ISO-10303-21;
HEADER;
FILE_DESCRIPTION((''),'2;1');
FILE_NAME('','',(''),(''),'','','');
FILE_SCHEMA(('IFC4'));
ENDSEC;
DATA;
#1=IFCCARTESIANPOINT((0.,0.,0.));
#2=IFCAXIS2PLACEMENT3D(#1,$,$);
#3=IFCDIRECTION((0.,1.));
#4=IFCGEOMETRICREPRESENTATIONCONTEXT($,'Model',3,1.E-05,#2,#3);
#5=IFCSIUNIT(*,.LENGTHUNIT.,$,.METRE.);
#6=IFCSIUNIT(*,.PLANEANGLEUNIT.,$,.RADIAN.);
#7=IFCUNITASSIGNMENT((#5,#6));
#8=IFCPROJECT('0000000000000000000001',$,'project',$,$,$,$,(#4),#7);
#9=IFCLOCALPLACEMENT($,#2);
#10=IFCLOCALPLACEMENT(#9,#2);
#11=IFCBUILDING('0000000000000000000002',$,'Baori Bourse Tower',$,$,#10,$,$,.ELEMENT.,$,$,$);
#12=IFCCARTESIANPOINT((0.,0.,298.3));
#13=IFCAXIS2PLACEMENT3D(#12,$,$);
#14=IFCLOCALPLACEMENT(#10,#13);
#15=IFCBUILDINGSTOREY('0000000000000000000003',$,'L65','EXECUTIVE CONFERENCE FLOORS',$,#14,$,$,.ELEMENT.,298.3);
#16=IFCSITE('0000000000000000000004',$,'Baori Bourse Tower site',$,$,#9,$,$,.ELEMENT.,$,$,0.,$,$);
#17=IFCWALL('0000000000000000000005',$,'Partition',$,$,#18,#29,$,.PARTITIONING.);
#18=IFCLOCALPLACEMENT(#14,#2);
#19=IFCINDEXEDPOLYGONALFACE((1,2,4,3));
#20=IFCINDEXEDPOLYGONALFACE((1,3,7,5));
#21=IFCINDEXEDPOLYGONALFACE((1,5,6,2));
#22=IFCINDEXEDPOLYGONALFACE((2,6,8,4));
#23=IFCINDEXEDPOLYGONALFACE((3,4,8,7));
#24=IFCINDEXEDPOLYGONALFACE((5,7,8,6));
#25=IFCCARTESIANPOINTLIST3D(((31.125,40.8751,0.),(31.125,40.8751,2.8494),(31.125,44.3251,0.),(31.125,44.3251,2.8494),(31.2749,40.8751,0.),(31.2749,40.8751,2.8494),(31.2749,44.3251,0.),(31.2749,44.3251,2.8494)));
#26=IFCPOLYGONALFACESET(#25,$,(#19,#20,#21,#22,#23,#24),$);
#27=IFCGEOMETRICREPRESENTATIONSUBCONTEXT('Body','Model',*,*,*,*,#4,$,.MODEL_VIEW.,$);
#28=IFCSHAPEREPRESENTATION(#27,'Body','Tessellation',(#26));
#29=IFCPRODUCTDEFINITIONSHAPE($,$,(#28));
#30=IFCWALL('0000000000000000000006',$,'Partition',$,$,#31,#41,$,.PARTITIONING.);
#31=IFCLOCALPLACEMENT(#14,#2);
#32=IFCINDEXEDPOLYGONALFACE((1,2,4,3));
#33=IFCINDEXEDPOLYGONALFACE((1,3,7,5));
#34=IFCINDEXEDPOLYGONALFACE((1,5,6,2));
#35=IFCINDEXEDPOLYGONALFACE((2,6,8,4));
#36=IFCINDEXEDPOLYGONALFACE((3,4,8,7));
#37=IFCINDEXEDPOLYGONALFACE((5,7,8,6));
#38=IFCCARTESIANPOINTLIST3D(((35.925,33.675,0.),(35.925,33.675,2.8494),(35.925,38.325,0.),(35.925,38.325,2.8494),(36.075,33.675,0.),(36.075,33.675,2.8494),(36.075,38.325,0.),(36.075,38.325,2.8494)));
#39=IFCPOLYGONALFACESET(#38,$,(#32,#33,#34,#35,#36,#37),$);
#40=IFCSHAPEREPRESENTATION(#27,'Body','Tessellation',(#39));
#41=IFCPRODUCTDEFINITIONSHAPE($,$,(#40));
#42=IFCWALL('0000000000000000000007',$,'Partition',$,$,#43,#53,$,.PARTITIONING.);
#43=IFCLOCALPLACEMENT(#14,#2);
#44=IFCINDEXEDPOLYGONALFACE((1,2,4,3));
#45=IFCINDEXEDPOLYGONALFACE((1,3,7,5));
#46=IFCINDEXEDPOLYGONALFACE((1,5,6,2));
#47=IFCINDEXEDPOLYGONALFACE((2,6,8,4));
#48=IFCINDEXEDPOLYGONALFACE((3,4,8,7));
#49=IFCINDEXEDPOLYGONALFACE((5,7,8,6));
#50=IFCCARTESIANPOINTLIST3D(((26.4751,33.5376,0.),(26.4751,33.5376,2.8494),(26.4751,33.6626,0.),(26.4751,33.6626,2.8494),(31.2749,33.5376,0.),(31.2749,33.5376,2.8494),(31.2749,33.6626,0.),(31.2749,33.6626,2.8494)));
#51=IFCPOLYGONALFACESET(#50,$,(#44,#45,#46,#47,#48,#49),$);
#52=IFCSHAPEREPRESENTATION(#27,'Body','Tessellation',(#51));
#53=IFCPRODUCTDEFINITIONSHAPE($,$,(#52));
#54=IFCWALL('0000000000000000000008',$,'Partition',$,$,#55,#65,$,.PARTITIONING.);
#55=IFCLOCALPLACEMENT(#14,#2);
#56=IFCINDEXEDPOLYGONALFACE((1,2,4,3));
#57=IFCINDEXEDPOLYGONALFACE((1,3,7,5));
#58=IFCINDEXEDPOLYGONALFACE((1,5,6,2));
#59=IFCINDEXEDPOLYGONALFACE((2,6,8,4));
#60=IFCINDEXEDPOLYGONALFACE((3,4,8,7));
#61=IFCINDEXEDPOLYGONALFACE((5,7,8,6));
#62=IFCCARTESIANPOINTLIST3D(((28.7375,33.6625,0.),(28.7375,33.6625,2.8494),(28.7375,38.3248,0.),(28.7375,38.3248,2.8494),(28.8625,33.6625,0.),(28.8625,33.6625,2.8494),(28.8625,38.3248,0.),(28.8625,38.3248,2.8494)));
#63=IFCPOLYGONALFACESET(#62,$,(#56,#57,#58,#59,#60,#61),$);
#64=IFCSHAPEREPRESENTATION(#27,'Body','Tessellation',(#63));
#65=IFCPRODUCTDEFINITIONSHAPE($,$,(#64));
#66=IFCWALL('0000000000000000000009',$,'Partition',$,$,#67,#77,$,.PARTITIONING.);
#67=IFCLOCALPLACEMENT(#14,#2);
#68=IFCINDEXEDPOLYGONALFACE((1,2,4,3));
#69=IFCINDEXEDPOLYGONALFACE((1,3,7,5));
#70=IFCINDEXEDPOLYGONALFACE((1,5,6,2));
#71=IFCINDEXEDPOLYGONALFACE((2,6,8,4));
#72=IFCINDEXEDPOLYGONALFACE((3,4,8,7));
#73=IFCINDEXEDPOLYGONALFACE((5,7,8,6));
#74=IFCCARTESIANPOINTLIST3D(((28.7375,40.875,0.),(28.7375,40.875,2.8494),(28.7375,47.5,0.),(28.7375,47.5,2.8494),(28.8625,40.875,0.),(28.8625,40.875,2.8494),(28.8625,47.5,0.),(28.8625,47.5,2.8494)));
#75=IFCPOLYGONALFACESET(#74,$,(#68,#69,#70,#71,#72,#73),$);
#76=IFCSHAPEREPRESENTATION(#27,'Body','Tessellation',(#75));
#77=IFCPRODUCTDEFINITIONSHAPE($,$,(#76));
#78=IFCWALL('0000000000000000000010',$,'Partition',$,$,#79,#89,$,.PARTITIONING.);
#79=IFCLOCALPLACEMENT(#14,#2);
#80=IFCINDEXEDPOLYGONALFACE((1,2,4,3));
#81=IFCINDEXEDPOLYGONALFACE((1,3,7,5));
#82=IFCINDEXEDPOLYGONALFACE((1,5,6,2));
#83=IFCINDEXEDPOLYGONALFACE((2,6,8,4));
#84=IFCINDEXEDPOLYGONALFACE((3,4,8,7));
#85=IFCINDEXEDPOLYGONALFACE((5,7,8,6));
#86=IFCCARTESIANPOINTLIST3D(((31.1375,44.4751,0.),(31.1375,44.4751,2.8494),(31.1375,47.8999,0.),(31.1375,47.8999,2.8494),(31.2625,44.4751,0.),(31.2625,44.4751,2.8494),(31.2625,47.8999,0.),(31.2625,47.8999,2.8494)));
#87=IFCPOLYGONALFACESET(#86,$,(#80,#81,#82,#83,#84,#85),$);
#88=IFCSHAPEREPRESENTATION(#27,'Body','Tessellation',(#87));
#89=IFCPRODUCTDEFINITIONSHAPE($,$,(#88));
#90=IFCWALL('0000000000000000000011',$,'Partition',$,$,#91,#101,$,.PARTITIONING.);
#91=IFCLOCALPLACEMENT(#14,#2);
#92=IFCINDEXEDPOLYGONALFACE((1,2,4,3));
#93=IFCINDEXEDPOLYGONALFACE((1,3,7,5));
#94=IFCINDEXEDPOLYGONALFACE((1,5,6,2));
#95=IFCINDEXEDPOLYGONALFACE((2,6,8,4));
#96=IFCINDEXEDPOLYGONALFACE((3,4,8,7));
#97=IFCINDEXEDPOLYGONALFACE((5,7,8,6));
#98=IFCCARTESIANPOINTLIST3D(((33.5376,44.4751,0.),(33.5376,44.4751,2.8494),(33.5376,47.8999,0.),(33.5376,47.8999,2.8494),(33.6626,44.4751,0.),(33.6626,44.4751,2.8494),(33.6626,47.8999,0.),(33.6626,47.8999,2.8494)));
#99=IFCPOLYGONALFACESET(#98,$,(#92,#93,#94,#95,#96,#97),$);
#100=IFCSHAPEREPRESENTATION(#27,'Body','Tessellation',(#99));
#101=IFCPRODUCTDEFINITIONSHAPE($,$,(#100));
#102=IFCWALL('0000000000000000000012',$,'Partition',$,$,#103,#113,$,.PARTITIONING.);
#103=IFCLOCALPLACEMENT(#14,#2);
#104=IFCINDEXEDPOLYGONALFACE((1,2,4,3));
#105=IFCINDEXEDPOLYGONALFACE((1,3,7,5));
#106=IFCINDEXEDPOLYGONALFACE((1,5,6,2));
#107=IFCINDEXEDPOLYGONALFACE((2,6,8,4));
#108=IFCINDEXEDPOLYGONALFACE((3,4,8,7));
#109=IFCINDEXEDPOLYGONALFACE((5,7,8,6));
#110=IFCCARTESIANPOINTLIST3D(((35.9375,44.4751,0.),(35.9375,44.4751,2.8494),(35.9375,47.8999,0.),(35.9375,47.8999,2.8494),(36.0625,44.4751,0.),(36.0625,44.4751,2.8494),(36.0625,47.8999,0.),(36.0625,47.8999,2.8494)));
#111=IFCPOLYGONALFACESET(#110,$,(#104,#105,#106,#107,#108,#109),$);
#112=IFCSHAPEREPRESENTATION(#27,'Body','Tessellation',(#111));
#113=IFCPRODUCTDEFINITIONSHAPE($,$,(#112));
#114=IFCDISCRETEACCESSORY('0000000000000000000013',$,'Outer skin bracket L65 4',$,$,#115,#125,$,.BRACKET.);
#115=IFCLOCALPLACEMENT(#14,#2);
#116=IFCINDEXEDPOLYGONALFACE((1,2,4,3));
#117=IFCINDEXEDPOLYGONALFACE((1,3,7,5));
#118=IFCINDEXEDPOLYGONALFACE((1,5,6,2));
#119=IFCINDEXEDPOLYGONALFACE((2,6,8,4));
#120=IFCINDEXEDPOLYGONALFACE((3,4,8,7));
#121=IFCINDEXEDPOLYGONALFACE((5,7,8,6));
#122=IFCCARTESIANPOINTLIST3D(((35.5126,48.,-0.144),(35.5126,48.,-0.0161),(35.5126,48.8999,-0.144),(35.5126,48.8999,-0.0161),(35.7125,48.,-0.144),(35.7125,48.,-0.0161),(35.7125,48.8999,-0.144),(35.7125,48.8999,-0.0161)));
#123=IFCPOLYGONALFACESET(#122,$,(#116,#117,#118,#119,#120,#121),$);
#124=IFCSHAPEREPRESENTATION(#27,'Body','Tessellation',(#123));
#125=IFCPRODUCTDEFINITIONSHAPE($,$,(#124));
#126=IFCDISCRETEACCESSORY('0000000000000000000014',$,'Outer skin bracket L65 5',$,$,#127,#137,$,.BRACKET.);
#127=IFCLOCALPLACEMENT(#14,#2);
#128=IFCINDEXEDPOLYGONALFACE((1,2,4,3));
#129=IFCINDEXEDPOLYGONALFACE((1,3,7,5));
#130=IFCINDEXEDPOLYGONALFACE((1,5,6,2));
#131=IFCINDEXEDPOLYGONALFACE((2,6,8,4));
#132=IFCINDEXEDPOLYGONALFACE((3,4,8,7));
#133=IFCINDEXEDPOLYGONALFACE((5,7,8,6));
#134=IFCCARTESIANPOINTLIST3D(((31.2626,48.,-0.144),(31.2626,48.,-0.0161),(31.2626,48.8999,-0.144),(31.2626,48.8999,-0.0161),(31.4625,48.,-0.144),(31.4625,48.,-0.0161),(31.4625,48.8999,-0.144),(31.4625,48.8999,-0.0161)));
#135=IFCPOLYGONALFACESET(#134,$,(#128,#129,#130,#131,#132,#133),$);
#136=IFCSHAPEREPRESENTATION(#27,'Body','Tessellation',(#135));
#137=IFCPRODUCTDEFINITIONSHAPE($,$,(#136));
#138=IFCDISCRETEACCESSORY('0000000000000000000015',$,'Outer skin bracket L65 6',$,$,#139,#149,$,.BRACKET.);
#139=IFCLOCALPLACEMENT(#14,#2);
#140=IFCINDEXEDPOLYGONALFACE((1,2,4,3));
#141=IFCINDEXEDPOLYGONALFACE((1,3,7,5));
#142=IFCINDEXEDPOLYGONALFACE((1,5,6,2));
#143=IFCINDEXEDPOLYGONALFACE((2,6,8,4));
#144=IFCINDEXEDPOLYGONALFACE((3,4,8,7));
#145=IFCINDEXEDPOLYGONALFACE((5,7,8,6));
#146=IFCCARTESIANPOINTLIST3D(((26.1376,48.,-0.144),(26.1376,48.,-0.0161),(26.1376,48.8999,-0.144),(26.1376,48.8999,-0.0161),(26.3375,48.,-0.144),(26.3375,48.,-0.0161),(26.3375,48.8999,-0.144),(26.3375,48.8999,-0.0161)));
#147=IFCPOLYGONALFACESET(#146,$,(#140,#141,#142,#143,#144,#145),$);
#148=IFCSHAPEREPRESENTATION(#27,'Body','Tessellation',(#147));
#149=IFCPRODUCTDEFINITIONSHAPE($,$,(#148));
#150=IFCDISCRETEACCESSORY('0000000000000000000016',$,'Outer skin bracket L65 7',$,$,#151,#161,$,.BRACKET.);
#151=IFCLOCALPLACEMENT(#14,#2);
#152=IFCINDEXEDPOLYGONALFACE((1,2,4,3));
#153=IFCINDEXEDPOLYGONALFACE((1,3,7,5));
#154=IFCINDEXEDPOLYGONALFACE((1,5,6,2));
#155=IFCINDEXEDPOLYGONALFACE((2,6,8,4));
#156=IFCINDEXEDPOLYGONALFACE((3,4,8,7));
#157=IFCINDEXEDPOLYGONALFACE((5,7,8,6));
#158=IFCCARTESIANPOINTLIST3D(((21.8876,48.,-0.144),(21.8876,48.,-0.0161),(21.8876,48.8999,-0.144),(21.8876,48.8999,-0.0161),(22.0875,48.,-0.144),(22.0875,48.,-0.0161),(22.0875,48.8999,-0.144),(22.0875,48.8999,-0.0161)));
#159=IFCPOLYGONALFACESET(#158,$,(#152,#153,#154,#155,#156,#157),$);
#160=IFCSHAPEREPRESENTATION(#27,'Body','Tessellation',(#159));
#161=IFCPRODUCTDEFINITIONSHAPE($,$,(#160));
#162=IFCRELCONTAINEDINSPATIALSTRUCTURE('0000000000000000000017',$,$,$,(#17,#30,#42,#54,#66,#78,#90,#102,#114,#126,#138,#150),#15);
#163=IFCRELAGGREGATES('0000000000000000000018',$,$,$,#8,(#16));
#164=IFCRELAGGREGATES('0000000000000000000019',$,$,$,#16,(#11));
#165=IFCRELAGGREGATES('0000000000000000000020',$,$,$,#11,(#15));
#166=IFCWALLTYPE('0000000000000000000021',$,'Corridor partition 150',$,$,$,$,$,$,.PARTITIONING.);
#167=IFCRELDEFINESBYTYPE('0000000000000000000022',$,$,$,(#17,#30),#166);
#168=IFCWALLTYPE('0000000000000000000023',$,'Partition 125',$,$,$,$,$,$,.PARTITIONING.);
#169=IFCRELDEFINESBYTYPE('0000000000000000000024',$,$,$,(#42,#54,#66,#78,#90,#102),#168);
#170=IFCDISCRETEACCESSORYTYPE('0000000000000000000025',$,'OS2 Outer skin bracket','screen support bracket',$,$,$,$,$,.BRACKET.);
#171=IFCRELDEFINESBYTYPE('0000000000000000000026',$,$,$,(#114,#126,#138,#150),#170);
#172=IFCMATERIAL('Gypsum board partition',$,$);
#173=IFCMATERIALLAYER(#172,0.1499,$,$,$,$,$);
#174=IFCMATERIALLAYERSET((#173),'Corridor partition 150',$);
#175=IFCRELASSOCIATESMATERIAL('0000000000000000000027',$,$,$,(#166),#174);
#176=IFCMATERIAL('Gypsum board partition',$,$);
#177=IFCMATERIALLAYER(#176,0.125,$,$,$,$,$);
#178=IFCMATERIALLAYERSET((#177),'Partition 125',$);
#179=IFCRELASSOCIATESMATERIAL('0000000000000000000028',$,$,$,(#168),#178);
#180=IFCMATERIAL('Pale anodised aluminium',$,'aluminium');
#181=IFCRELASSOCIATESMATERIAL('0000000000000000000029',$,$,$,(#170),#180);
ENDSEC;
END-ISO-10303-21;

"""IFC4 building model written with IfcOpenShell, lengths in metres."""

from ifc_helpers import new_model, si_unit, direction, frame, frame_2d, origin, origin_2d, place, context, subcontext, project, spatial, rectangle, extrude, material, layer, layer_set, type_object, element, save


model = new_model("IFC4")

# Units and contexts
model_context = context("Model", 3, precision=1e-05, world=origin(), true_north=direction((0.0, 1.0)))
body_context = subcontext(model_context, "Body", "Model", "MODEL_VIEW")
ifc_project = project(units=[si_unit("LENGTHUNIT", "METRE"), si_unit("PLANEANGLEUNIT", "RADIAN")], contexts=[model_context])

# Site, building, storey
site_placement = place(None, origin())
site = spatial("IfcSite", under=ifc_project, at=site_placement, Name="Baori Bourse Tower site", CompositionType="ELEMENT", RefElevation=0.0)
building_placement = place(site_placement, origin())
building = spatial("IfcBuilding", under=site, at=building_placement, Name="Baori Bourse Tower", CompositionType="ELEMENT")
storey_placement = place(building_placement, frame((0.0, 0.0, 298.3)))
storey = spatial("IfcBuildingStorey", under=building, at=storey_placement, Name="L65", Description="EXECUTIVE CONFERENCE FLOORS", CompositionType="ELEMENT", Elevation=298.3)

# Shared definitions
ifc_material_1 = material(Name="Gypsum board partition")
ifc_layer_1 = layer(ifc_material_1, 0.1499)
ifc_layer_set_1 = layer_set([ifc_layer_1], Name="Corridor partition 150")
wall_type_1 = type_object("IfcWallType", Name="Corridor partition 150", PredefinedType="PARTITIONING", material=ifc_layer_set_1)

# Walls
wall_1_placement = place(storey_placement, frame((31.2, 40.875, 0.0), z_axis=(0.0, 0.0, 1.0), x_axis=(0.0, 1.0, 0.0)))
element("IfcWall", 1, at=wall_1_placement, inside=storey, type_object=wall_type_1, Name="Partition", PredefinedType="PARTITIONING", context=body_context, shape_type="SweptSolid", body=[
    extrude(rectangle(XDim=3.45, YDim=0.1499, at=frame_2d((1.7251, 0.0))), origin(), (0.0, 0.0, 1.0), 2.8494),
])
wall_2_placement = place(storey_placement, frame((36.0, 33.675, 0.0), z_axis=(0.0, 0.0, 1.0), x_axis=(0.0, 1.0, 0.0)))
element("IfcWall", 2, at=wall_2_placement, inside=storey, type_object=wall_type_1, Name="Partition", PredefinedType="PARTITIONING", context=body_context, shape_type="SweptSolid", body=[
    extrude(rectangle(XDim=4.6499, YDim=0.1499, at=frame_2d((2.325, 0.0))), origin(), (0.0, 0.0, 1.0), 2.8494),
])
ifc_material_2 = material(Name="Gypsum board partition")
ifc_layer_2 = layer(ifc_material_2, 0.125)
ifc_layer_set_2 = layer_set([ifc_layer_2], Name="Partition 125")
wall_type_2 = type_object("IfcWallType", Name="Partition 125", PredefinedType="PARTITIONING", material=ifc_layer_set_2)
wall_3_placement = place(storey_placement, frame((26.4751, 33.6001, 0.0), z_axis=(0.0, 0.0, 1.0), x_axis=(1.0, 0.0, 0.0)))
element("IfcWall", 3, at=wall_3_placement, inside=storey, type_object=wall_type_2, Name="Partition", PredefinedType="PARTITIONING", context=body_context, shape_type="SweptSolid", body=[
    extrude(rectangle(XDim=4.7998, YDim=0.125, at=frame_2d((2.3999, 0.0))), origin(), (0.0, 0.0, 1.0), 2.8494),
])
wall_4_placement = place(storey_placement, frame((28.8, 33.6626, 0.0), z_axis=(0.0, 0.0, 1.0), x_axis=(0.0, 1.0, 0.0)))
element("IfcWall", 4, at=wall_4_placement, inside=storey, type_object=wall_type_2, Name="Partition", PredefinedType="PARTITIONING", context=body_context, shape_type="SweptSolid", body=[
    extrude(rectangle(XDim=4.6624, YDim=0.125, at=frame_2d((2.3311, 0.0))), origin(), (0.0, 0.0, 1.0), 2.8494),
])
wall_5_placement = place(storey_placement, frame((28.8, 40.875, 0.0), z_axis=(0.0, 0.0, 1.0), x_axis=(0.0, 1.0, 0.0)))
element("IfcWall", 5, at=wall_5_placement, inside=storey, type_object=wall_type_2, Name="Partition", PredefinedType="PARTITIONING", context=body_context, shape_type="SweptSolid", body=[
    extrude(rectangle(XDim=6.625, YDim=0.125, at=frame_2d((3.3125, 0.0))), origin(), (0.0, 0.0, 1.0), 2.8494),
])
for number, where, z_axis, x_axis, name in (
    (6, (31.2, 44.4751, 0.0), (0.0, 0.0, 1.0), (0.0, 1.0, 0.0), "Partition"),
    (7, (33.6001, 44.4751, 0.0), (0.0, 0.0, 1.0), (0.0, 1.0, 0.0), "Partition"),
    (8, (36.0, 44.4751, 0.0), (0.0, 0.0, 1.0), (0.0, 1.0, 0.0), "Partition"),
):
    element("IfcWall", number, at=place(storey_placement, frame(where, z_axis=z_axis, x_axis=x_axis)), inside=storey, type_object=wall_type_2, Name=name, PredefinedType="PARTITIONING", context=body_context, shape_type="SweptSolid", body=[
        extrude(rectangle(XDim=3.4248, YDim=0.125, at=frame_2d((1.7124, 0.0))), origin(), (0.0, 0.0, 1.0), 2.8494),
    ])

# Discrete accessories
ifc_material_3 = material(Name="Pale anodised aluminium", Category="aluminium")
discrete_accessory_type = type_object("IfcDiscreteAccessoryType", Name="OS2 Outer skin bracket", Description="screen support bracket", PredefinedType="BRACKET", material=ifc_material_3)
for number, where, z_axis, x_axis, name in (
    (9, (35.6125, 48.45, -0.144), (0.0, 0.0, 1.0), (-1.0, 0.0, 0.0), "Outer skin bracket L65 4"),
    (10, (31.3625, 48.45, -0.144), (0.0, 0.0, 1.0), (-1.0, 0.0, 0.0), "Outer skin bracket L65 5"),
    (11, (26.2375, 48.45, -0.144), (0.0, 0.0, 1.0), (-1.0, 0.0, 0.0), "Outer skin bracket L65 6"),
    (12, (21.9875, 48.45, -0.144), (0.0, 0.0, 1.0), (-1.0, 0.0, 0.0), "Outer skin bracket L65 7"),
):
    element("IfcDiscreteAccessory", number, at=place(storey_placement, frame(where, z_axis=z_axis, x_axis=x_axis)), inside=storey, type_object=discrete_accessory_type, Name=name, PredefinedType="BRACKET", context=body_context, shape_type="SweptSolid", body=[
        extrude(rectangle(XDim=0.2, YDim=0.8999, at=origin_2d()), origin(), (0.0, 0.0, 1.0), 0.1279),
    ])

save(model, "model.ifc")
